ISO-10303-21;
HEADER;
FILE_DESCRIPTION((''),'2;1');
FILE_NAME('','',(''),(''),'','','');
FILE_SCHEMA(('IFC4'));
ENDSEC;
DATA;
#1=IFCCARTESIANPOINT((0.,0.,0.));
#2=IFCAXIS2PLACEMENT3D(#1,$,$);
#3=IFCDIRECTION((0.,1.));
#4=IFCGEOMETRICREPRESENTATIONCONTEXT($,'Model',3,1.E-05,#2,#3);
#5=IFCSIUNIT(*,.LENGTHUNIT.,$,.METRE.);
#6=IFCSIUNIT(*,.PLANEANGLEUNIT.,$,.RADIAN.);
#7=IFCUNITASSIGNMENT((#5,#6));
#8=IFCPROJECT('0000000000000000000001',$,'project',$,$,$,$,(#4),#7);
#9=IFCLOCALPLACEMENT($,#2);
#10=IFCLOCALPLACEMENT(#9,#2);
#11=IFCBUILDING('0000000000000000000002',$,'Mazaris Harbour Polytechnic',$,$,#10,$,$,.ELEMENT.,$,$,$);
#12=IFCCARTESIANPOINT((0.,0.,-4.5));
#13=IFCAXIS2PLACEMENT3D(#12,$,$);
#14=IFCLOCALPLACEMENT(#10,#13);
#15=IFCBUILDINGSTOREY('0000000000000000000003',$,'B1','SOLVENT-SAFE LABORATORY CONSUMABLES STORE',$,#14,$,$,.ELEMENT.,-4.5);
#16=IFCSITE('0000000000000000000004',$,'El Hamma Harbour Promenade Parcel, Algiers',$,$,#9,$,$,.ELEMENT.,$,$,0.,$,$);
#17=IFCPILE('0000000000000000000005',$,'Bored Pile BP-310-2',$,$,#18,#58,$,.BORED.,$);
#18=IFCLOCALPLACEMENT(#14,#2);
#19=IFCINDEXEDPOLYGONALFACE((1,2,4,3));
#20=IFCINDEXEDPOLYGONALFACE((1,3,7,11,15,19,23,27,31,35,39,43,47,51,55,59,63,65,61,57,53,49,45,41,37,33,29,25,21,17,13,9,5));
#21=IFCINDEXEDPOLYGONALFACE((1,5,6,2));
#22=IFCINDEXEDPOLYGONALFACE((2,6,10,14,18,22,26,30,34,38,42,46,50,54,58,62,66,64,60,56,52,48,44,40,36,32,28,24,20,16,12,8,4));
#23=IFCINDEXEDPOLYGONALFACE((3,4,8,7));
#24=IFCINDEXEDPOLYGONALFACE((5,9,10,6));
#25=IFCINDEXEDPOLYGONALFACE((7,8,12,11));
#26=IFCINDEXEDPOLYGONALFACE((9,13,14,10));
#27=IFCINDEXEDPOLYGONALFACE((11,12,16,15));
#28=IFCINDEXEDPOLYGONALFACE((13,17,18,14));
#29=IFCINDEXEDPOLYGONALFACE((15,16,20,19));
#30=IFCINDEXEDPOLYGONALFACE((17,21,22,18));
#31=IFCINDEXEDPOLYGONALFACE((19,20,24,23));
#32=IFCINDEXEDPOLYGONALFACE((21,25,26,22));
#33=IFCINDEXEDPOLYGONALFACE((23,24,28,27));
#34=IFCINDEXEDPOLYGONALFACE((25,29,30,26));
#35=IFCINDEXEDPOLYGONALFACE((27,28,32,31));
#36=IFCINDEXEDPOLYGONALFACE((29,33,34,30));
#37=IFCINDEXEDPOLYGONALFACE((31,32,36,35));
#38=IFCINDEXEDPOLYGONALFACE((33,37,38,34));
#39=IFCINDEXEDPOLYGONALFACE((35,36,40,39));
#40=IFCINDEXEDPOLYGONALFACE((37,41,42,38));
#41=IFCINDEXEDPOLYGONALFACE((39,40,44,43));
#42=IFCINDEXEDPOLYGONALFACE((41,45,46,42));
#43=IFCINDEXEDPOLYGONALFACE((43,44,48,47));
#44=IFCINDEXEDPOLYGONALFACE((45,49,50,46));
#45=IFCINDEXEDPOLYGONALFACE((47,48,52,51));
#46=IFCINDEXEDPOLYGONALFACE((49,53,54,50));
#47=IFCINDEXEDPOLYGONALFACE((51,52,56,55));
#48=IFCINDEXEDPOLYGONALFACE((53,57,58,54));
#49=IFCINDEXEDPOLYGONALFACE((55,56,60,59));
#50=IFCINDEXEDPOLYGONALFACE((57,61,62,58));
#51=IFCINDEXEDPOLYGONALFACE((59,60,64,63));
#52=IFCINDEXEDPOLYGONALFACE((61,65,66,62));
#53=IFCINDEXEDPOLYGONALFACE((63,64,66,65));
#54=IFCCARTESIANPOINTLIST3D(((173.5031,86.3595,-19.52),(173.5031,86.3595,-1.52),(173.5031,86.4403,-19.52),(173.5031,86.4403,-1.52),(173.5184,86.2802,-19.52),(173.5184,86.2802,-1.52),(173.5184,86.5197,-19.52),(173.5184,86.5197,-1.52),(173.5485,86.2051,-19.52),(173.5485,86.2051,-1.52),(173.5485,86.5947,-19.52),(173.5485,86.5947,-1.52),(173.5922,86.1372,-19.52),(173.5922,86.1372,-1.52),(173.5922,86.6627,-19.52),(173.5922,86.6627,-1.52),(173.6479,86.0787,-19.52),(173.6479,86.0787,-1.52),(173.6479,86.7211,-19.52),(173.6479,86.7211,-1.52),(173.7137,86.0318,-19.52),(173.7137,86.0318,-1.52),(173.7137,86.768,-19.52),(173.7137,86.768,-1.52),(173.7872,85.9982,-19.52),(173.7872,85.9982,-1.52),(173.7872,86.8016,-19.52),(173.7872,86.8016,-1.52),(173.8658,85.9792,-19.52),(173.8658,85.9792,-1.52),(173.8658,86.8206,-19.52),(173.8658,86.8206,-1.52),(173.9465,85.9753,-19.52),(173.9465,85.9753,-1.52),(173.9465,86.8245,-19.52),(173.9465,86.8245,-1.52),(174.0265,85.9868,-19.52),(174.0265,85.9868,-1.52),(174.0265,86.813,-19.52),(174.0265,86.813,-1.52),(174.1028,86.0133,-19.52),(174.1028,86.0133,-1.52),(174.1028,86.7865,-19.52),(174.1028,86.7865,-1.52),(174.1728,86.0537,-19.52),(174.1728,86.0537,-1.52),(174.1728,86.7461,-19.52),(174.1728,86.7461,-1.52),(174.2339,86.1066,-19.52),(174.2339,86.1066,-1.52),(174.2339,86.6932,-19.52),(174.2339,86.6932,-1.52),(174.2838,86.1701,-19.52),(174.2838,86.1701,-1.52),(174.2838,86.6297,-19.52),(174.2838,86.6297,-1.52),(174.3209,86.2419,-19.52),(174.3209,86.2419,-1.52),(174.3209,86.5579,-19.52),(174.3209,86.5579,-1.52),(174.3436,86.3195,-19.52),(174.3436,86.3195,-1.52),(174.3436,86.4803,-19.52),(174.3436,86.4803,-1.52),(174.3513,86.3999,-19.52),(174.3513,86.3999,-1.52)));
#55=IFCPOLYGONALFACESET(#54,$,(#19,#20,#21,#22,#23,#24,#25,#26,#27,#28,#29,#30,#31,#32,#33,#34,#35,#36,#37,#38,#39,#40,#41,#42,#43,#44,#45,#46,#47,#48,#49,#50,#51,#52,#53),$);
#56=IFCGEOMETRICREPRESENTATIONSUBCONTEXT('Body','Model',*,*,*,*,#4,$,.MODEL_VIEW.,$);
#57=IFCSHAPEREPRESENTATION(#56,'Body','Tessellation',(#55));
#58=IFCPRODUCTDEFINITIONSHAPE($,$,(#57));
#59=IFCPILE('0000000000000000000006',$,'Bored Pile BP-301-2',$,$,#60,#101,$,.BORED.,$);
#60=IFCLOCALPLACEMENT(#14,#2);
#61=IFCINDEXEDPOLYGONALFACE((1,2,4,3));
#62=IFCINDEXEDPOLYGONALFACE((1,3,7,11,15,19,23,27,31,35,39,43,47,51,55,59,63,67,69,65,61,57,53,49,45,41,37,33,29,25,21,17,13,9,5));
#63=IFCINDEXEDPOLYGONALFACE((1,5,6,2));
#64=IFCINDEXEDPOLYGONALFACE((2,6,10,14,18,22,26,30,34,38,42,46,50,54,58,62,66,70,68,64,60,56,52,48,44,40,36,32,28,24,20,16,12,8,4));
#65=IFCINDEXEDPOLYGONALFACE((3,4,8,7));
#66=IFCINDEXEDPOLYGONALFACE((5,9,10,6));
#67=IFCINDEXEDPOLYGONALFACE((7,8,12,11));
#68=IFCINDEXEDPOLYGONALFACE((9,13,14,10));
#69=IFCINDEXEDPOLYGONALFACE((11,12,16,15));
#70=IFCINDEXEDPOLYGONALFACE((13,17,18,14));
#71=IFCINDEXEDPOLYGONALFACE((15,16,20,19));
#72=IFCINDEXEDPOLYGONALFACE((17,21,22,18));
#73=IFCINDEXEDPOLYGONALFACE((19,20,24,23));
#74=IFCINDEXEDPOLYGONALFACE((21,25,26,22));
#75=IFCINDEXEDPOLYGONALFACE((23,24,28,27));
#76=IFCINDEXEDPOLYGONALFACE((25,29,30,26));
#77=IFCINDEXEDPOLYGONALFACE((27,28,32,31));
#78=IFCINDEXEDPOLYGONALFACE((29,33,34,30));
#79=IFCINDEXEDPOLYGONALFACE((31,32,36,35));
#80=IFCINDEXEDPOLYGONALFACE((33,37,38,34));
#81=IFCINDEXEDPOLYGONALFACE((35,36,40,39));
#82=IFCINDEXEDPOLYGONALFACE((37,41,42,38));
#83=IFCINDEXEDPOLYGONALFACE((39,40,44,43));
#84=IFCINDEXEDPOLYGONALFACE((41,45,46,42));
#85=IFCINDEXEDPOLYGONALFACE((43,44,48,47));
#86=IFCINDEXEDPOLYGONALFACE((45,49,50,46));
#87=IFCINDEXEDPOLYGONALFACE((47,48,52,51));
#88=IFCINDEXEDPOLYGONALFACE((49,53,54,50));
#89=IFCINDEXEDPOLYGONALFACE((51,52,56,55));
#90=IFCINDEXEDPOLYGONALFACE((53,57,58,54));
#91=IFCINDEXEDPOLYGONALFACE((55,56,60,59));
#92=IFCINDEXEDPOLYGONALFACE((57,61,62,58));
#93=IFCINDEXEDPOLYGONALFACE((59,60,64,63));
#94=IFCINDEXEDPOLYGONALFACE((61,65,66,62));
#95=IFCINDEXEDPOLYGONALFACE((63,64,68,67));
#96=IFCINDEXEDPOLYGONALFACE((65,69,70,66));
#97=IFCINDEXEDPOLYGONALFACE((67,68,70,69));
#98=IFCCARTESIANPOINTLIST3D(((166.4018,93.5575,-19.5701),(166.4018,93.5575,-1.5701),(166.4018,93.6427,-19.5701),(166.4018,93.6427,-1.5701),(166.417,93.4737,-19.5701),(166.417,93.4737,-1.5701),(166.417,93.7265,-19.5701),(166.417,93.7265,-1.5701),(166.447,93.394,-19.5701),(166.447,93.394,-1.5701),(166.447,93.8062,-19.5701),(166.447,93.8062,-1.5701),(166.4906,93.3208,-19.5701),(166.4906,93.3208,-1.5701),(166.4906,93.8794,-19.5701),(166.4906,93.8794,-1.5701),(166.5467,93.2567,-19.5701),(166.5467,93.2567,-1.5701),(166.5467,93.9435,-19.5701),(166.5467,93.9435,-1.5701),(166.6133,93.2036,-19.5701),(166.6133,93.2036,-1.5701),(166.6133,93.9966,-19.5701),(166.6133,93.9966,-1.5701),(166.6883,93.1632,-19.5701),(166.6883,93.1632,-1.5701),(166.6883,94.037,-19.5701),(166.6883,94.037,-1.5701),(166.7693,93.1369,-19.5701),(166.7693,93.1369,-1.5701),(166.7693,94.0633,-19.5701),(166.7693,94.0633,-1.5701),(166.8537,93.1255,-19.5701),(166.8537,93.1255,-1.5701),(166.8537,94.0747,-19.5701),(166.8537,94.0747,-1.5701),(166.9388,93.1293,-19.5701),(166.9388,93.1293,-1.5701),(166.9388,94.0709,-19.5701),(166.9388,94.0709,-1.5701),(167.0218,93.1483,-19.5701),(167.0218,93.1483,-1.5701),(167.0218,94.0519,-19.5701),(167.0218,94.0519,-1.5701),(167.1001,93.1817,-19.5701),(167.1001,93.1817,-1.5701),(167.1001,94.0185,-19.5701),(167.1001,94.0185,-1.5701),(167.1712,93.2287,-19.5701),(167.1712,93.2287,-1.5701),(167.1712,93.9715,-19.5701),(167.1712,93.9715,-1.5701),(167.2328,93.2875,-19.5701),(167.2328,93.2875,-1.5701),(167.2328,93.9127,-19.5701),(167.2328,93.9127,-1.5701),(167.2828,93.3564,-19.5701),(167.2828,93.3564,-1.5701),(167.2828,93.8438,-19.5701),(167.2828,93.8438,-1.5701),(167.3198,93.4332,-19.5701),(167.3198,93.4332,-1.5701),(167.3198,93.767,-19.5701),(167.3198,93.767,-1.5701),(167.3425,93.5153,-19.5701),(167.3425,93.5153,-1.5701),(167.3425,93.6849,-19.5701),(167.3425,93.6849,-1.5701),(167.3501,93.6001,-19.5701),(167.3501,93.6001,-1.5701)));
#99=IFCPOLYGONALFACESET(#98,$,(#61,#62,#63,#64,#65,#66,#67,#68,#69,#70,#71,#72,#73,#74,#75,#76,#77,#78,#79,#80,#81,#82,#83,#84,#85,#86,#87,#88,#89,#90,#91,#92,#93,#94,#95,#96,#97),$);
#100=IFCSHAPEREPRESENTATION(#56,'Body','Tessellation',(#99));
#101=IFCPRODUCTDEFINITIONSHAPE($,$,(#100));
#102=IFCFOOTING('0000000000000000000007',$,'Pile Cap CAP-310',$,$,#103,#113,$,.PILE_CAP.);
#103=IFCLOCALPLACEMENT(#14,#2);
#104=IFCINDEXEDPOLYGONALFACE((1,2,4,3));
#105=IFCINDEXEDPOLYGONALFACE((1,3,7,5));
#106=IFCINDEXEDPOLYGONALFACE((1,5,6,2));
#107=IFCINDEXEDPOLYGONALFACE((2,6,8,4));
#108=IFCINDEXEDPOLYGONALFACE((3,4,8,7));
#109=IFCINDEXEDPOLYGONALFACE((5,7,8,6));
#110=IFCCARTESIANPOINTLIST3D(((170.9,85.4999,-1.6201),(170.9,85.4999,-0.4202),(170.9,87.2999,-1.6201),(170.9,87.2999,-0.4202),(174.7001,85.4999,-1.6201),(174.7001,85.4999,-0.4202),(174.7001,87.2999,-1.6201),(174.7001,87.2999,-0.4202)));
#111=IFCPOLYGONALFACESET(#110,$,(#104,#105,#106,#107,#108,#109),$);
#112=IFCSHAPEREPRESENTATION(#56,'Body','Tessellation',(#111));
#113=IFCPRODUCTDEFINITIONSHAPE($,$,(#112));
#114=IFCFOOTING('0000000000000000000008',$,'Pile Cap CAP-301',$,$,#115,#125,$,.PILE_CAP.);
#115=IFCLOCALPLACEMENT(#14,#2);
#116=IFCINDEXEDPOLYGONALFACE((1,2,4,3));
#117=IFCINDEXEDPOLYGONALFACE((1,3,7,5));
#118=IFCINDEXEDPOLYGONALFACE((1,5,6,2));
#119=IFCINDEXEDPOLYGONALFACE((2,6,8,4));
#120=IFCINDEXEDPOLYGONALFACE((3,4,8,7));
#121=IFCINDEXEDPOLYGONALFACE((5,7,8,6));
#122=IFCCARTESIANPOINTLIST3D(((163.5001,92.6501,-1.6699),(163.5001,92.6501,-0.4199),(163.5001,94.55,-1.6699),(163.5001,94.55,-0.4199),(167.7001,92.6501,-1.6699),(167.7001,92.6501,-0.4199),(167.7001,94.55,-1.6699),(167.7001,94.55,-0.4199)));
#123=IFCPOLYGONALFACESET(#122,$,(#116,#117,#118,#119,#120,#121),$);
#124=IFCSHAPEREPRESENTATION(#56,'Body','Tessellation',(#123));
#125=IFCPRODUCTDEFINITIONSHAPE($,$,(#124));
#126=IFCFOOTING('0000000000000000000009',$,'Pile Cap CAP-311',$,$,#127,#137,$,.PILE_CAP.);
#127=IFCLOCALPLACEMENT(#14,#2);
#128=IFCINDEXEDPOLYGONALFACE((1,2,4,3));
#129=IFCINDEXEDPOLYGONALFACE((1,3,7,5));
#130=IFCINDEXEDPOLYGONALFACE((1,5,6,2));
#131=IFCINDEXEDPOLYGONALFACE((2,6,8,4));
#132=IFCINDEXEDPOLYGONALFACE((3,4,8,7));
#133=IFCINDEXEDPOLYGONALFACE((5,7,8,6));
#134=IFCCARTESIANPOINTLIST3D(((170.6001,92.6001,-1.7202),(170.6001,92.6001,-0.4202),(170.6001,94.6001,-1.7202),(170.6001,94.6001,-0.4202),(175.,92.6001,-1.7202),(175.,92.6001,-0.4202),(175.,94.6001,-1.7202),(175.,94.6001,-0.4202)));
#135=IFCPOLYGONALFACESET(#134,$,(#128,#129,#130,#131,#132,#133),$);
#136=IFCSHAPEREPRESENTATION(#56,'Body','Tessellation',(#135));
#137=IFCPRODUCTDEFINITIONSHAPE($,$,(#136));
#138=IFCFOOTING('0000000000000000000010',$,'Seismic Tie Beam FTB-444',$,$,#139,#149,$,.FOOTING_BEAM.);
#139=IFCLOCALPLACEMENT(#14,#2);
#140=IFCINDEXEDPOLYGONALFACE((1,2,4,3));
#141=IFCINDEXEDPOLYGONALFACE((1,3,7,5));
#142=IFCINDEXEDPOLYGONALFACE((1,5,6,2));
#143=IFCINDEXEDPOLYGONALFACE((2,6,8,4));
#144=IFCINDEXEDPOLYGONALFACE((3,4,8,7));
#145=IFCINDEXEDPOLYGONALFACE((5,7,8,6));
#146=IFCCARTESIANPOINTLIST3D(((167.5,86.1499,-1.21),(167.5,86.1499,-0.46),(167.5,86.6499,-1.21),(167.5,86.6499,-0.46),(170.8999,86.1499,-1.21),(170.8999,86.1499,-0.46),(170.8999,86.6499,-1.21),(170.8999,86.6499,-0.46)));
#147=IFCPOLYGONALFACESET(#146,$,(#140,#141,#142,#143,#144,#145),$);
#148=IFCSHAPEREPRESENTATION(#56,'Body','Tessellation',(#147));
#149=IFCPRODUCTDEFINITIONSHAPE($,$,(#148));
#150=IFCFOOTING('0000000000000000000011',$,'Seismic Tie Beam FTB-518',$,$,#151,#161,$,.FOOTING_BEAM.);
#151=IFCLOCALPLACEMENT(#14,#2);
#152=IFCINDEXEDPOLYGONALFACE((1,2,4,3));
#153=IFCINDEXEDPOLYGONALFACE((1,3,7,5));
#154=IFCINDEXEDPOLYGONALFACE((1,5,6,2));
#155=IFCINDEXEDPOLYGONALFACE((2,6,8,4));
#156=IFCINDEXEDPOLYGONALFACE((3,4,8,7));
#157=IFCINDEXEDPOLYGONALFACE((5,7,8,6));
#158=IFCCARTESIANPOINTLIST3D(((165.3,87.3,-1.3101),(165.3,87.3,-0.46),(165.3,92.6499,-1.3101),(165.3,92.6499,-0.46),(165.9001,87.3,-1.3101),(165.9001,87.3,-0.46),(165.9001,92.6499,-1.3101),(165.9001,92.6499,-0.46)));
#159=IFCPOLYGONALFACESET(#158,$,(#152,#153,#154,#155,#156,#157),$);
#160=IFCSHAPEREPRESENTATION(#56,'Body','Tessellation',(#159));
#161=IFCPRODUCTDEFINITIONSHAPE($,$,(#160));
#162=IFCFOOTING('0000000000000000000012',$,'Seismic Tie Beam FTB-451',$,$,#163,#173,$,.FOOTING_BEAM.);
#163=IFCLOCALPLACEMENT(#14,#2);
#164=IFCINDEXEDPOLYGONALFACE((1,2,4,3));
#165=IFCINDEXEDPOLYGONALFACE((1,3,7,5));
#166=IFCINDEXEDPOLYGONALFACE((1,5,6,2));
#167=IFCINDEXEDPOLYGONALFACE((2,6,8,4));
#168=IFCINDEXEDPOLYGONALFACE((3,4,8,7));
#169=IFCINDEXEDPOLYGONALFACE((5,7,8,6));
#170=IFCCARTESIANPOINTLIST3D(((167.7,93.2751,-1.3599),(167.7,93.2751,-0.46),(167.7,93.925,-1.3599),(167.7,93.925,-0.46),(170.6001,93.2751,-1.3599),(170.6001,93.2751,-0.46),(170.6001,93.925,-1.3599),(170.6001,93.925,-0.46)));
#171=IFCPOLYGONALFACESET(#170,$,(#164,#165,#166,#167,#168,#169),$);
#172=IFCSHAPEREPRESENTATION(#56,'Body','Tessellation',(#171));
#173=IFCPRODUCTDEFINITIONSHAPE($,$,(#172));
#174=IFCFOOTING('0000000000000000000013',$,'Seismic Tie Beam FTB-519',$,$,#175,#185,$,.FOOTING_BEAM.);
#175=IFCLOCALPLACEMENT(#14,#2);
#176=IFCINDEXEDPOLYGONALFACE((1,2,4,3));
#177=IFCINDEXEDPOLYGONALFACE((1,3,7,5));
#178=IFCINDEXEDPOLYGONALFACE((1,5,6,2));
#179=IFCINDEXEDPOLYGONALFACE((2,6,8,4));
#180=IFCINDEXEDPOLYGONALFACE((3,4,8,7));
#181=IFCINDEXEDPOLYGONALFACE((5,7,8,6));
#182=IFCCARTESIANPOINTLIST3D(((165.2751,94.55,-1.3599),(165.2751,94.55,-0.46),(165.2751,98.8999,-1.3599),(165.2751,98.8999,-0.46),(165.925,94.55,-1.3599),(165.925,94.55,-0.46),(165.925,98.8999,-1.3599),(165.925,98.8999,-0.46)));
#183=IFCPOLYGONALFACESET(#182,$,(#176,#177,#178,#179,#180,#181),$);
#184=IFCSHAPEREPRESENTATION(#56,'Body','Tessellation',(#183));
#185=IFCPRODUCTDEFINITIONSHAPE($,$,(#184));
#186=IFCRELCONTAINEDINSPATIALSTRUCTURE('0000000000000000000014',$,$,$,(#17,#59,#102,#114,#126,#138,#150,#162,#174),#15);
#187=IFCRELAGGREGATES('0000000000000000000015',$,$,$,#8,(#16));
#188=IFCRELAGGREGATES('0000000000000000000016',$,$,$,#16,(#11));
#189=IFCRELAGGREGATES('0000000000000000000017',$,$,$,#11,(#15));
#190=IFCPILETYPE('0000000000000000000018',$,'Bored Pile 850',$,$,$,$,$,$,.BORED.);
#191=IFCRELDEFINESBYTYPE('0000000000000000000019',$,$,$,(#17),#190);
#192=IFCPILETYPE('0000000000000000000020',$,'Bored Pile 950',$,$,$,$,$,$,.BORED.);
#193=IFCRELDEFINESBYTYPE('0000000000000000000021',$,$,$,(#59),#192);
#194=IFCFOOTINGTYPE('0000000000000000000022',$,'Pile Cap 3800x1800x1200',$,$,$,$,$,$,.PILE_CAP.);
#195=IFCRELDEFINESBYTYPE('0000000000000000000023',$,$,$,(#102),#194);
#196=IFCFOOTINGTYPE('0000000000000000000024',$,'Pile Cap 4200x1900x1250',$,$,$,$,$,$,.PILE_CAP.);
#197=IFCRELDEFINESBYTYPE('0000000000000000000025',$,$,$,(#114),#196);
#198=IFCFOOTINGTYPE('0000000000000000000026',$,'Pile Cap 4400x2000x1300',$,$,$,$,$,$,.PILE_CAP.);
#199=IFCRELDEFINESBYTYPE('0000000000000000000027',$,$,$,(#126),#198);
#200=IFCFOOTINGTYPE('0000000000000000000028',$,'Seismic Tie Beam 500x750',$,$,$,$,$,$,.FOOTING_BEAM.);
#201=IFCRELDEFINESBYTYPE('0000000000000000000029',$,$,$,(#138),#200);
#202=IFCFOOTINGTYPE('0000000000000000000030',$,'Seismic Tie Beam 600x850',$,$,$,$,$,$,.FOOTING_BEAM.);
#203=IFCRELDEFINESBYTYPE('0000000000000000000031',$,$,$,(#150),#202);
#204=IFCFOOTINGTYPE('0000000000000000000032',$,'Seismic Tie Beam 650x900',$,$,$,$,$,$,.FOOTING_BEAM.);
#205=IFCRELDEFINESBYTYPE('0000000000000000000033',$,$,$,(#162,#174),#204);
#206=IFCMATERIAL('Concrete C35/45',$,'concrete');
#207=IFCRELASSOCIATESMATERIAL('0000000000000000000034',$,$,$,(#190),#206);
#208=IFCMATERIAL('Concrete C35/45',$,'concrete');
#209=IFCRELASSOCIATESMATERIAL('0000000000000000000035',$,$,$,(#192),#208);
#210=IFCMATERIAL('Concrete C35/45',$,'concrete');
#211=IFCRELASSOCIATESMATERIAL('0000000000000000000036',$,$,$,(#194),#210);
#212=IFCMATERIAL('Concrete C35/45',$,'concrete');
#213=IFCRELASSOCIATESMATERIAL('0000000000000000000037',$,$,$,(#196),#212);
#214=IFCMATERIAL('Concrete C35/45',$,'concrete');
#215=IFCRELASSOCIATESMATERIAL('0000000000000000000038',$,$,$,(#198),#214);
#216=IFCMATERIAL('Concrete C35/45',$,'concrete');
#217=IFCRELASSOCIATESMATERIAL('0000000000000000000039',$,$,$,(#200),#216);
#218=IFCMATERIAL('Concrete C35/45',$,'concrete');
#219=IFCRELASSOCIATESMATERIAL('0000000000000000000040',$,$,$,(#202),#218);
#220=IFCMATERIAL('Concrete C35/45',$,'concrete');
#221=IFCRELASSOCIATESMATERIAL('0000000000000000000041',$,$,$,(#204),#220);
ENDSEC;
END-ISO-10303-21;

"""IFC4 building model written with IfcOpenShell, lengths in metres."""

from ifc_helpers import new_model, si_unit, direction, frame, origin, origin_2d, place, context, subcontext, project, spatial, rectangle, circle, extrude, material, material_profile, profile_set, type_object, element, save


model = new_model("IFC4")

# Units and contexts
model_context = context("Model", 3, precision=1e-05, world=origin(), true_north=direction((0.0, 1.0)))
body_context = subcontext(model_context, "Body", "Model", "MODEL_VIEW")
ifc_project = project(units=[si_unit("LENGTHUNIT", "METRE"), si_unit("PLANEANGLEUNIT", "RADIAN")], contexts=[model_context])

# Site, building, storey
site_placement = place(None, origin())
site = spatial("IfcSite", under=ifc_project, at=site_placement, Name="El Hamma Harbour Promenade Parcel, Algiers", CompositionType="ELEMENT", RefElevation=0.0)
building_placement = place(site_placement, origin())
building = spatial("IfcBuilding", under=site, at=building_placement, Name="Mazaris Harbour Polytechnic", CompositionType="ELEMENT")
storey_placement = place(building_placement, frame((0.0, 0.0, -4.5)))
storey = spatial("IfcBuildingStorey", under=building, at=storey_placement, Name="B1", Description="SOLVENT-SAFE LABORATORY CONSUMABLES STORE", CompositionType="ELEMENT", Elevation=-4.5)

# Piles
ifc_material_1 = material(Name="Concrete C35/45", Category="concrete")
ifc_material_profile_1 = material_profile(ifc_material_1, circle(Radius=0.425, at=origin_2d()), Name="DIA850")
ifc_profile_set_1 = profile_set([ifc_material_profile_1], Name="Concrete C35/45")
pile_type_1 = type_object("IfcPileType", Name="Bored Pile 850", PredefinedType="BORED", material=ifc_profile_set_1)
for number, where, z_axis, x_axis, name in (
    (1, (173.9263, 86.3999, -1.52), (0.0, 0.0, -1.0), (1.0, 0.0, 0.0), "Bored Pile BP-310-2"),
):
    element("IfcPile", number, at=place(storey_placement, frame(where, z_axis=z_axis, x_axis=x_axis)), inside=storey, type_object=pile_type_1, Name=name, PredefinedType="BORED", context=body_context, shape_type="SweptSolid", body=[
        extrude(circle(Radius=0.425, at=origin_2d()), origin(), (0.0, 0.0, 1.0), 18.0),
    ])
ifc_material_2 = material(Name="Concrete C35/45", Category="concrete")
ifc_material_profile_2 = material_profile(ifc_material_2, circle(Radius=0.4751, at=origin_2d()), Name="DIA950")
ifc_profile_set_2 = profile_set([ifc_material_profile_2], Name="Concrete C35/45")
pile_type_2 = type_object("IfcPileType", Name="Bored Pile 950", PredefinedType="BORED", material=ifc_profile_set_2)
pile_placement = place(storey_placement, frame((166.875, 93.6001, -1.5701), z_axis=(0.0, 0.0, -1.0), x_axis=(1.0, 0.0, 0.0)))
element("IfcPile", 2, at=pile_placement, inside=storey, type_object=pile_type_2, Name="Bored Pile BP-301-2", PredefinedType="BORED", context=body_context, shape_type="SweptSolid", body=[
    extrude(circle(Radius=0.4751, at=origin_2d()), origin(), (0.0, 0.0, 1.0), 18.0),
])

# Footings
ifc_material_3 = material(Name="Concrete C35/45", Category="concrete")
footing_type_1 = type_object("IfcFootingType", Name="Pile Cap 3800x1800x1200", PredefinedType="PILE_CAP", material=ifc_material_3)
footing_1_placement = place(storey_placement, frame((172.8, 86.3999, -1.6201), z_axis=(0.0, 0.0, 1.0), x_axis=(1.0, 0.0, 0.0)))
element("IfcFooting", 3, at=footing_1_placement, inside=storey, type_object=footing_type_1, Name="Pile Cap CAP-310", PredefinedType="PILE_CAP", context=body_context, shape_type="SweptSolid", body=[
    extrude(rectangle(XDim=3.8, YDim=1.8, at=origin_2d()), origin(), (0.0, 0.0, 1.0), 1.2),
])
ifc_material_4 = material(Name="Concrete C35/45", Category="concrete")
footing_type_2 = type_object("IfcFootingType", Name="Pile Cap 4200x1900x1250", PredefinedType="PILE_CAP", material=ifc_material_4)
footing_2_placement = place(storey_placement, frame((165.6001, 93.6001, -1.6699), z_axis=(0.0, 0.0, 1.0), x_axis=(1.0, 0.0, 0.0)))
element("IfcFooting", 4, at=footing_2_placement, inside=storey, type_object=footing_type_2, Name="Pile Cap CAP-301", PredefinedType="PILE_CAP", context=body_context, shape_type="SweptSolid", body=[
    extrude(rectangle(XDim=4.2, YDim=1.8999, at=origin_2d()), origin(), (0.0, 0.0, 1.0), 1.25),
])
ifc_material_5 = material(Name="Concrete C35/45", Category="concrete")
footing_type_3 = type_object("IfcFootingType", Name="Pile Cap 4400x2000x1300", PredefinedType="PILE_CAP", material=ifc_material_5)
footing_3_placement = place(storey_placement, frame((172.8, 93.6001, -1.7202), z_axis=(0.0, 0.0, 1.0), x_axis=(1.0, 0.0, 0.0)))
element("IfcFooting", 5, at=footing_3_placement, inside=storey, type_object=footing_type_3, Name="Pile Cap CAP-311", PredefinedType="PILE_CAP", context=body_context, shape_type="SweptSolid", body=[
    extrude(rectangle(XDim=4.3999, YDim=2.0, at=origin_2d()), origin(), (0.0, 0.0, 1.0), 1.3),
])
ifc_material_6 = material(Name="Concrete C35/45", Category="concrete")
ifc_material_profile_3 = material_profile(ifc_material_6, rectangle(XDim=0.5, YDim=0.75, at=origin_2d()), Name="RECT500x750")
ifc_profile_set_3 = profile_set([ifc_material_profile_3], Name="Concrete C35/45")
footing_type_4 = type_object("IfcFootingType", Name="Seismic Tie Beam 500x750", PredefinedType="FOOTING_BEAM", material=ifc_profile_set_3)
footing_4_placement = place(storey_placement, frame((167.5, 86.3999, -0.835), z_axis=(1.0, 0.0, 0.0), x_axis=(0.0, 1.0, 0.0)))
element("IfcFooting", 6, at=footing_4_placement, inside=storey, type_object=footing_type_4, Name="Seismic Tie Beam FTB-444", PredefinedType="FOOTING_BEAM", context=body_context, shape_type="SweptSolid", body=[
    extrude(rectangle(XDim=0.5, YDim=0.75, at=origin_2d()), origin(), (0.0, 0.0, 1.0), 3.3999),
])
ifc_material_7 = material(Name="Concrete C35/45", Category="concrete")
ifc_material_profile_4 = material_profile(ifc_material_7, rectangle(XDim=0.6001, YDim=0.8501, at=origin_2d()), Name="RECT600x850")
ifc_profile_set_4 = profile_set([ifc_material_profile_4], Name="Concrete C35/45")
footing_type_5 = type_object("IfcFootingType", Name="Seismic Tie Beam 600x850", PredefinedType="FOOTING_BEAM", material=ifc_profile_set_4)
footing_5_placement = place(storey_placement, frame((165.6001, 87.3, -0.885), z_axis=(0.0, 1.0, 0.0), x_axis=(-1.0, 0.0, 0.0)))
element("IfcFooting", 7, at=footing_5_placement, inside=storey, type_object=footing_type_5, Name="Seismic Tie Beam FTB-518", PredefinedType="FOOTING_BEAM", context=body_context, shape_type="SweptSolid", body=[
    extrude(rectangle(XDim=0.6001, YDim=0.8501, at=origin_2d()), origin(), (0.0, 0.0, 1.0), 5.3499),
])
ifc_material_8 = material(Name="Concrete C35/45", Category="concrete")
ifc_material_profile_5 = material_profile(ifc_material_8, rectangle(XDim=0.6499, YDim=0.8999, at=origin_2d()), Name="RECT650x900")
ifc_profile_set_5 = profile_set([ifc_material_profile_5], Name="Concrete C35/45")
footing_type_6 = type_object("IfcFootingType", Name="Seismic Tie Beam 650x900", PredefinedType="FOOTING_BEAM", material=ifc_profile_set_5)
footing_6_placement = place(storey_placement, frame((167.7, 93.6001, -0.9099), z_axis=(1.0, 0.0, 0.0), x_axis=(0.0, 1.0, 0.0)))
element("IfcFooting", 8, at=footing_6_placement, inside=storey, type_object=footing_type_6, Name="Seismic Tie Beam FTB-451", PredefinedType="FOOTING_BEAM", context=body_context, shape_type="SweptSolid", body=[
    extrude(rectangle(XDim=0.6499, YDim=0.8999, at=origin_2d()), origin(), (0.0, 0.0, 1.0), 2.9001),
])
footing_7_placement = place(storey_placement, frame((165.6001, 94.55, -0.9099), z_axis=(0.0, 1.0, 0.0), x_axis=(-1.0, 0.0, 0.0)))
element("IfcFooting", 9, at=footing_7_placement, inside=storey, type_object=footing_type_6, Name="Seismic Tie Beam FTB-519", PredefinedType="FOOTING_BEAM", context=body_context, shape_type="SweptSolid", body=[
    extrude(rectangle(XDim=0.6499, YDim=0.8999, at=origin_2d()), origin(), (0.0, 0.0, 1.0), 4.3499),
])

save(model, "model.ifc")
